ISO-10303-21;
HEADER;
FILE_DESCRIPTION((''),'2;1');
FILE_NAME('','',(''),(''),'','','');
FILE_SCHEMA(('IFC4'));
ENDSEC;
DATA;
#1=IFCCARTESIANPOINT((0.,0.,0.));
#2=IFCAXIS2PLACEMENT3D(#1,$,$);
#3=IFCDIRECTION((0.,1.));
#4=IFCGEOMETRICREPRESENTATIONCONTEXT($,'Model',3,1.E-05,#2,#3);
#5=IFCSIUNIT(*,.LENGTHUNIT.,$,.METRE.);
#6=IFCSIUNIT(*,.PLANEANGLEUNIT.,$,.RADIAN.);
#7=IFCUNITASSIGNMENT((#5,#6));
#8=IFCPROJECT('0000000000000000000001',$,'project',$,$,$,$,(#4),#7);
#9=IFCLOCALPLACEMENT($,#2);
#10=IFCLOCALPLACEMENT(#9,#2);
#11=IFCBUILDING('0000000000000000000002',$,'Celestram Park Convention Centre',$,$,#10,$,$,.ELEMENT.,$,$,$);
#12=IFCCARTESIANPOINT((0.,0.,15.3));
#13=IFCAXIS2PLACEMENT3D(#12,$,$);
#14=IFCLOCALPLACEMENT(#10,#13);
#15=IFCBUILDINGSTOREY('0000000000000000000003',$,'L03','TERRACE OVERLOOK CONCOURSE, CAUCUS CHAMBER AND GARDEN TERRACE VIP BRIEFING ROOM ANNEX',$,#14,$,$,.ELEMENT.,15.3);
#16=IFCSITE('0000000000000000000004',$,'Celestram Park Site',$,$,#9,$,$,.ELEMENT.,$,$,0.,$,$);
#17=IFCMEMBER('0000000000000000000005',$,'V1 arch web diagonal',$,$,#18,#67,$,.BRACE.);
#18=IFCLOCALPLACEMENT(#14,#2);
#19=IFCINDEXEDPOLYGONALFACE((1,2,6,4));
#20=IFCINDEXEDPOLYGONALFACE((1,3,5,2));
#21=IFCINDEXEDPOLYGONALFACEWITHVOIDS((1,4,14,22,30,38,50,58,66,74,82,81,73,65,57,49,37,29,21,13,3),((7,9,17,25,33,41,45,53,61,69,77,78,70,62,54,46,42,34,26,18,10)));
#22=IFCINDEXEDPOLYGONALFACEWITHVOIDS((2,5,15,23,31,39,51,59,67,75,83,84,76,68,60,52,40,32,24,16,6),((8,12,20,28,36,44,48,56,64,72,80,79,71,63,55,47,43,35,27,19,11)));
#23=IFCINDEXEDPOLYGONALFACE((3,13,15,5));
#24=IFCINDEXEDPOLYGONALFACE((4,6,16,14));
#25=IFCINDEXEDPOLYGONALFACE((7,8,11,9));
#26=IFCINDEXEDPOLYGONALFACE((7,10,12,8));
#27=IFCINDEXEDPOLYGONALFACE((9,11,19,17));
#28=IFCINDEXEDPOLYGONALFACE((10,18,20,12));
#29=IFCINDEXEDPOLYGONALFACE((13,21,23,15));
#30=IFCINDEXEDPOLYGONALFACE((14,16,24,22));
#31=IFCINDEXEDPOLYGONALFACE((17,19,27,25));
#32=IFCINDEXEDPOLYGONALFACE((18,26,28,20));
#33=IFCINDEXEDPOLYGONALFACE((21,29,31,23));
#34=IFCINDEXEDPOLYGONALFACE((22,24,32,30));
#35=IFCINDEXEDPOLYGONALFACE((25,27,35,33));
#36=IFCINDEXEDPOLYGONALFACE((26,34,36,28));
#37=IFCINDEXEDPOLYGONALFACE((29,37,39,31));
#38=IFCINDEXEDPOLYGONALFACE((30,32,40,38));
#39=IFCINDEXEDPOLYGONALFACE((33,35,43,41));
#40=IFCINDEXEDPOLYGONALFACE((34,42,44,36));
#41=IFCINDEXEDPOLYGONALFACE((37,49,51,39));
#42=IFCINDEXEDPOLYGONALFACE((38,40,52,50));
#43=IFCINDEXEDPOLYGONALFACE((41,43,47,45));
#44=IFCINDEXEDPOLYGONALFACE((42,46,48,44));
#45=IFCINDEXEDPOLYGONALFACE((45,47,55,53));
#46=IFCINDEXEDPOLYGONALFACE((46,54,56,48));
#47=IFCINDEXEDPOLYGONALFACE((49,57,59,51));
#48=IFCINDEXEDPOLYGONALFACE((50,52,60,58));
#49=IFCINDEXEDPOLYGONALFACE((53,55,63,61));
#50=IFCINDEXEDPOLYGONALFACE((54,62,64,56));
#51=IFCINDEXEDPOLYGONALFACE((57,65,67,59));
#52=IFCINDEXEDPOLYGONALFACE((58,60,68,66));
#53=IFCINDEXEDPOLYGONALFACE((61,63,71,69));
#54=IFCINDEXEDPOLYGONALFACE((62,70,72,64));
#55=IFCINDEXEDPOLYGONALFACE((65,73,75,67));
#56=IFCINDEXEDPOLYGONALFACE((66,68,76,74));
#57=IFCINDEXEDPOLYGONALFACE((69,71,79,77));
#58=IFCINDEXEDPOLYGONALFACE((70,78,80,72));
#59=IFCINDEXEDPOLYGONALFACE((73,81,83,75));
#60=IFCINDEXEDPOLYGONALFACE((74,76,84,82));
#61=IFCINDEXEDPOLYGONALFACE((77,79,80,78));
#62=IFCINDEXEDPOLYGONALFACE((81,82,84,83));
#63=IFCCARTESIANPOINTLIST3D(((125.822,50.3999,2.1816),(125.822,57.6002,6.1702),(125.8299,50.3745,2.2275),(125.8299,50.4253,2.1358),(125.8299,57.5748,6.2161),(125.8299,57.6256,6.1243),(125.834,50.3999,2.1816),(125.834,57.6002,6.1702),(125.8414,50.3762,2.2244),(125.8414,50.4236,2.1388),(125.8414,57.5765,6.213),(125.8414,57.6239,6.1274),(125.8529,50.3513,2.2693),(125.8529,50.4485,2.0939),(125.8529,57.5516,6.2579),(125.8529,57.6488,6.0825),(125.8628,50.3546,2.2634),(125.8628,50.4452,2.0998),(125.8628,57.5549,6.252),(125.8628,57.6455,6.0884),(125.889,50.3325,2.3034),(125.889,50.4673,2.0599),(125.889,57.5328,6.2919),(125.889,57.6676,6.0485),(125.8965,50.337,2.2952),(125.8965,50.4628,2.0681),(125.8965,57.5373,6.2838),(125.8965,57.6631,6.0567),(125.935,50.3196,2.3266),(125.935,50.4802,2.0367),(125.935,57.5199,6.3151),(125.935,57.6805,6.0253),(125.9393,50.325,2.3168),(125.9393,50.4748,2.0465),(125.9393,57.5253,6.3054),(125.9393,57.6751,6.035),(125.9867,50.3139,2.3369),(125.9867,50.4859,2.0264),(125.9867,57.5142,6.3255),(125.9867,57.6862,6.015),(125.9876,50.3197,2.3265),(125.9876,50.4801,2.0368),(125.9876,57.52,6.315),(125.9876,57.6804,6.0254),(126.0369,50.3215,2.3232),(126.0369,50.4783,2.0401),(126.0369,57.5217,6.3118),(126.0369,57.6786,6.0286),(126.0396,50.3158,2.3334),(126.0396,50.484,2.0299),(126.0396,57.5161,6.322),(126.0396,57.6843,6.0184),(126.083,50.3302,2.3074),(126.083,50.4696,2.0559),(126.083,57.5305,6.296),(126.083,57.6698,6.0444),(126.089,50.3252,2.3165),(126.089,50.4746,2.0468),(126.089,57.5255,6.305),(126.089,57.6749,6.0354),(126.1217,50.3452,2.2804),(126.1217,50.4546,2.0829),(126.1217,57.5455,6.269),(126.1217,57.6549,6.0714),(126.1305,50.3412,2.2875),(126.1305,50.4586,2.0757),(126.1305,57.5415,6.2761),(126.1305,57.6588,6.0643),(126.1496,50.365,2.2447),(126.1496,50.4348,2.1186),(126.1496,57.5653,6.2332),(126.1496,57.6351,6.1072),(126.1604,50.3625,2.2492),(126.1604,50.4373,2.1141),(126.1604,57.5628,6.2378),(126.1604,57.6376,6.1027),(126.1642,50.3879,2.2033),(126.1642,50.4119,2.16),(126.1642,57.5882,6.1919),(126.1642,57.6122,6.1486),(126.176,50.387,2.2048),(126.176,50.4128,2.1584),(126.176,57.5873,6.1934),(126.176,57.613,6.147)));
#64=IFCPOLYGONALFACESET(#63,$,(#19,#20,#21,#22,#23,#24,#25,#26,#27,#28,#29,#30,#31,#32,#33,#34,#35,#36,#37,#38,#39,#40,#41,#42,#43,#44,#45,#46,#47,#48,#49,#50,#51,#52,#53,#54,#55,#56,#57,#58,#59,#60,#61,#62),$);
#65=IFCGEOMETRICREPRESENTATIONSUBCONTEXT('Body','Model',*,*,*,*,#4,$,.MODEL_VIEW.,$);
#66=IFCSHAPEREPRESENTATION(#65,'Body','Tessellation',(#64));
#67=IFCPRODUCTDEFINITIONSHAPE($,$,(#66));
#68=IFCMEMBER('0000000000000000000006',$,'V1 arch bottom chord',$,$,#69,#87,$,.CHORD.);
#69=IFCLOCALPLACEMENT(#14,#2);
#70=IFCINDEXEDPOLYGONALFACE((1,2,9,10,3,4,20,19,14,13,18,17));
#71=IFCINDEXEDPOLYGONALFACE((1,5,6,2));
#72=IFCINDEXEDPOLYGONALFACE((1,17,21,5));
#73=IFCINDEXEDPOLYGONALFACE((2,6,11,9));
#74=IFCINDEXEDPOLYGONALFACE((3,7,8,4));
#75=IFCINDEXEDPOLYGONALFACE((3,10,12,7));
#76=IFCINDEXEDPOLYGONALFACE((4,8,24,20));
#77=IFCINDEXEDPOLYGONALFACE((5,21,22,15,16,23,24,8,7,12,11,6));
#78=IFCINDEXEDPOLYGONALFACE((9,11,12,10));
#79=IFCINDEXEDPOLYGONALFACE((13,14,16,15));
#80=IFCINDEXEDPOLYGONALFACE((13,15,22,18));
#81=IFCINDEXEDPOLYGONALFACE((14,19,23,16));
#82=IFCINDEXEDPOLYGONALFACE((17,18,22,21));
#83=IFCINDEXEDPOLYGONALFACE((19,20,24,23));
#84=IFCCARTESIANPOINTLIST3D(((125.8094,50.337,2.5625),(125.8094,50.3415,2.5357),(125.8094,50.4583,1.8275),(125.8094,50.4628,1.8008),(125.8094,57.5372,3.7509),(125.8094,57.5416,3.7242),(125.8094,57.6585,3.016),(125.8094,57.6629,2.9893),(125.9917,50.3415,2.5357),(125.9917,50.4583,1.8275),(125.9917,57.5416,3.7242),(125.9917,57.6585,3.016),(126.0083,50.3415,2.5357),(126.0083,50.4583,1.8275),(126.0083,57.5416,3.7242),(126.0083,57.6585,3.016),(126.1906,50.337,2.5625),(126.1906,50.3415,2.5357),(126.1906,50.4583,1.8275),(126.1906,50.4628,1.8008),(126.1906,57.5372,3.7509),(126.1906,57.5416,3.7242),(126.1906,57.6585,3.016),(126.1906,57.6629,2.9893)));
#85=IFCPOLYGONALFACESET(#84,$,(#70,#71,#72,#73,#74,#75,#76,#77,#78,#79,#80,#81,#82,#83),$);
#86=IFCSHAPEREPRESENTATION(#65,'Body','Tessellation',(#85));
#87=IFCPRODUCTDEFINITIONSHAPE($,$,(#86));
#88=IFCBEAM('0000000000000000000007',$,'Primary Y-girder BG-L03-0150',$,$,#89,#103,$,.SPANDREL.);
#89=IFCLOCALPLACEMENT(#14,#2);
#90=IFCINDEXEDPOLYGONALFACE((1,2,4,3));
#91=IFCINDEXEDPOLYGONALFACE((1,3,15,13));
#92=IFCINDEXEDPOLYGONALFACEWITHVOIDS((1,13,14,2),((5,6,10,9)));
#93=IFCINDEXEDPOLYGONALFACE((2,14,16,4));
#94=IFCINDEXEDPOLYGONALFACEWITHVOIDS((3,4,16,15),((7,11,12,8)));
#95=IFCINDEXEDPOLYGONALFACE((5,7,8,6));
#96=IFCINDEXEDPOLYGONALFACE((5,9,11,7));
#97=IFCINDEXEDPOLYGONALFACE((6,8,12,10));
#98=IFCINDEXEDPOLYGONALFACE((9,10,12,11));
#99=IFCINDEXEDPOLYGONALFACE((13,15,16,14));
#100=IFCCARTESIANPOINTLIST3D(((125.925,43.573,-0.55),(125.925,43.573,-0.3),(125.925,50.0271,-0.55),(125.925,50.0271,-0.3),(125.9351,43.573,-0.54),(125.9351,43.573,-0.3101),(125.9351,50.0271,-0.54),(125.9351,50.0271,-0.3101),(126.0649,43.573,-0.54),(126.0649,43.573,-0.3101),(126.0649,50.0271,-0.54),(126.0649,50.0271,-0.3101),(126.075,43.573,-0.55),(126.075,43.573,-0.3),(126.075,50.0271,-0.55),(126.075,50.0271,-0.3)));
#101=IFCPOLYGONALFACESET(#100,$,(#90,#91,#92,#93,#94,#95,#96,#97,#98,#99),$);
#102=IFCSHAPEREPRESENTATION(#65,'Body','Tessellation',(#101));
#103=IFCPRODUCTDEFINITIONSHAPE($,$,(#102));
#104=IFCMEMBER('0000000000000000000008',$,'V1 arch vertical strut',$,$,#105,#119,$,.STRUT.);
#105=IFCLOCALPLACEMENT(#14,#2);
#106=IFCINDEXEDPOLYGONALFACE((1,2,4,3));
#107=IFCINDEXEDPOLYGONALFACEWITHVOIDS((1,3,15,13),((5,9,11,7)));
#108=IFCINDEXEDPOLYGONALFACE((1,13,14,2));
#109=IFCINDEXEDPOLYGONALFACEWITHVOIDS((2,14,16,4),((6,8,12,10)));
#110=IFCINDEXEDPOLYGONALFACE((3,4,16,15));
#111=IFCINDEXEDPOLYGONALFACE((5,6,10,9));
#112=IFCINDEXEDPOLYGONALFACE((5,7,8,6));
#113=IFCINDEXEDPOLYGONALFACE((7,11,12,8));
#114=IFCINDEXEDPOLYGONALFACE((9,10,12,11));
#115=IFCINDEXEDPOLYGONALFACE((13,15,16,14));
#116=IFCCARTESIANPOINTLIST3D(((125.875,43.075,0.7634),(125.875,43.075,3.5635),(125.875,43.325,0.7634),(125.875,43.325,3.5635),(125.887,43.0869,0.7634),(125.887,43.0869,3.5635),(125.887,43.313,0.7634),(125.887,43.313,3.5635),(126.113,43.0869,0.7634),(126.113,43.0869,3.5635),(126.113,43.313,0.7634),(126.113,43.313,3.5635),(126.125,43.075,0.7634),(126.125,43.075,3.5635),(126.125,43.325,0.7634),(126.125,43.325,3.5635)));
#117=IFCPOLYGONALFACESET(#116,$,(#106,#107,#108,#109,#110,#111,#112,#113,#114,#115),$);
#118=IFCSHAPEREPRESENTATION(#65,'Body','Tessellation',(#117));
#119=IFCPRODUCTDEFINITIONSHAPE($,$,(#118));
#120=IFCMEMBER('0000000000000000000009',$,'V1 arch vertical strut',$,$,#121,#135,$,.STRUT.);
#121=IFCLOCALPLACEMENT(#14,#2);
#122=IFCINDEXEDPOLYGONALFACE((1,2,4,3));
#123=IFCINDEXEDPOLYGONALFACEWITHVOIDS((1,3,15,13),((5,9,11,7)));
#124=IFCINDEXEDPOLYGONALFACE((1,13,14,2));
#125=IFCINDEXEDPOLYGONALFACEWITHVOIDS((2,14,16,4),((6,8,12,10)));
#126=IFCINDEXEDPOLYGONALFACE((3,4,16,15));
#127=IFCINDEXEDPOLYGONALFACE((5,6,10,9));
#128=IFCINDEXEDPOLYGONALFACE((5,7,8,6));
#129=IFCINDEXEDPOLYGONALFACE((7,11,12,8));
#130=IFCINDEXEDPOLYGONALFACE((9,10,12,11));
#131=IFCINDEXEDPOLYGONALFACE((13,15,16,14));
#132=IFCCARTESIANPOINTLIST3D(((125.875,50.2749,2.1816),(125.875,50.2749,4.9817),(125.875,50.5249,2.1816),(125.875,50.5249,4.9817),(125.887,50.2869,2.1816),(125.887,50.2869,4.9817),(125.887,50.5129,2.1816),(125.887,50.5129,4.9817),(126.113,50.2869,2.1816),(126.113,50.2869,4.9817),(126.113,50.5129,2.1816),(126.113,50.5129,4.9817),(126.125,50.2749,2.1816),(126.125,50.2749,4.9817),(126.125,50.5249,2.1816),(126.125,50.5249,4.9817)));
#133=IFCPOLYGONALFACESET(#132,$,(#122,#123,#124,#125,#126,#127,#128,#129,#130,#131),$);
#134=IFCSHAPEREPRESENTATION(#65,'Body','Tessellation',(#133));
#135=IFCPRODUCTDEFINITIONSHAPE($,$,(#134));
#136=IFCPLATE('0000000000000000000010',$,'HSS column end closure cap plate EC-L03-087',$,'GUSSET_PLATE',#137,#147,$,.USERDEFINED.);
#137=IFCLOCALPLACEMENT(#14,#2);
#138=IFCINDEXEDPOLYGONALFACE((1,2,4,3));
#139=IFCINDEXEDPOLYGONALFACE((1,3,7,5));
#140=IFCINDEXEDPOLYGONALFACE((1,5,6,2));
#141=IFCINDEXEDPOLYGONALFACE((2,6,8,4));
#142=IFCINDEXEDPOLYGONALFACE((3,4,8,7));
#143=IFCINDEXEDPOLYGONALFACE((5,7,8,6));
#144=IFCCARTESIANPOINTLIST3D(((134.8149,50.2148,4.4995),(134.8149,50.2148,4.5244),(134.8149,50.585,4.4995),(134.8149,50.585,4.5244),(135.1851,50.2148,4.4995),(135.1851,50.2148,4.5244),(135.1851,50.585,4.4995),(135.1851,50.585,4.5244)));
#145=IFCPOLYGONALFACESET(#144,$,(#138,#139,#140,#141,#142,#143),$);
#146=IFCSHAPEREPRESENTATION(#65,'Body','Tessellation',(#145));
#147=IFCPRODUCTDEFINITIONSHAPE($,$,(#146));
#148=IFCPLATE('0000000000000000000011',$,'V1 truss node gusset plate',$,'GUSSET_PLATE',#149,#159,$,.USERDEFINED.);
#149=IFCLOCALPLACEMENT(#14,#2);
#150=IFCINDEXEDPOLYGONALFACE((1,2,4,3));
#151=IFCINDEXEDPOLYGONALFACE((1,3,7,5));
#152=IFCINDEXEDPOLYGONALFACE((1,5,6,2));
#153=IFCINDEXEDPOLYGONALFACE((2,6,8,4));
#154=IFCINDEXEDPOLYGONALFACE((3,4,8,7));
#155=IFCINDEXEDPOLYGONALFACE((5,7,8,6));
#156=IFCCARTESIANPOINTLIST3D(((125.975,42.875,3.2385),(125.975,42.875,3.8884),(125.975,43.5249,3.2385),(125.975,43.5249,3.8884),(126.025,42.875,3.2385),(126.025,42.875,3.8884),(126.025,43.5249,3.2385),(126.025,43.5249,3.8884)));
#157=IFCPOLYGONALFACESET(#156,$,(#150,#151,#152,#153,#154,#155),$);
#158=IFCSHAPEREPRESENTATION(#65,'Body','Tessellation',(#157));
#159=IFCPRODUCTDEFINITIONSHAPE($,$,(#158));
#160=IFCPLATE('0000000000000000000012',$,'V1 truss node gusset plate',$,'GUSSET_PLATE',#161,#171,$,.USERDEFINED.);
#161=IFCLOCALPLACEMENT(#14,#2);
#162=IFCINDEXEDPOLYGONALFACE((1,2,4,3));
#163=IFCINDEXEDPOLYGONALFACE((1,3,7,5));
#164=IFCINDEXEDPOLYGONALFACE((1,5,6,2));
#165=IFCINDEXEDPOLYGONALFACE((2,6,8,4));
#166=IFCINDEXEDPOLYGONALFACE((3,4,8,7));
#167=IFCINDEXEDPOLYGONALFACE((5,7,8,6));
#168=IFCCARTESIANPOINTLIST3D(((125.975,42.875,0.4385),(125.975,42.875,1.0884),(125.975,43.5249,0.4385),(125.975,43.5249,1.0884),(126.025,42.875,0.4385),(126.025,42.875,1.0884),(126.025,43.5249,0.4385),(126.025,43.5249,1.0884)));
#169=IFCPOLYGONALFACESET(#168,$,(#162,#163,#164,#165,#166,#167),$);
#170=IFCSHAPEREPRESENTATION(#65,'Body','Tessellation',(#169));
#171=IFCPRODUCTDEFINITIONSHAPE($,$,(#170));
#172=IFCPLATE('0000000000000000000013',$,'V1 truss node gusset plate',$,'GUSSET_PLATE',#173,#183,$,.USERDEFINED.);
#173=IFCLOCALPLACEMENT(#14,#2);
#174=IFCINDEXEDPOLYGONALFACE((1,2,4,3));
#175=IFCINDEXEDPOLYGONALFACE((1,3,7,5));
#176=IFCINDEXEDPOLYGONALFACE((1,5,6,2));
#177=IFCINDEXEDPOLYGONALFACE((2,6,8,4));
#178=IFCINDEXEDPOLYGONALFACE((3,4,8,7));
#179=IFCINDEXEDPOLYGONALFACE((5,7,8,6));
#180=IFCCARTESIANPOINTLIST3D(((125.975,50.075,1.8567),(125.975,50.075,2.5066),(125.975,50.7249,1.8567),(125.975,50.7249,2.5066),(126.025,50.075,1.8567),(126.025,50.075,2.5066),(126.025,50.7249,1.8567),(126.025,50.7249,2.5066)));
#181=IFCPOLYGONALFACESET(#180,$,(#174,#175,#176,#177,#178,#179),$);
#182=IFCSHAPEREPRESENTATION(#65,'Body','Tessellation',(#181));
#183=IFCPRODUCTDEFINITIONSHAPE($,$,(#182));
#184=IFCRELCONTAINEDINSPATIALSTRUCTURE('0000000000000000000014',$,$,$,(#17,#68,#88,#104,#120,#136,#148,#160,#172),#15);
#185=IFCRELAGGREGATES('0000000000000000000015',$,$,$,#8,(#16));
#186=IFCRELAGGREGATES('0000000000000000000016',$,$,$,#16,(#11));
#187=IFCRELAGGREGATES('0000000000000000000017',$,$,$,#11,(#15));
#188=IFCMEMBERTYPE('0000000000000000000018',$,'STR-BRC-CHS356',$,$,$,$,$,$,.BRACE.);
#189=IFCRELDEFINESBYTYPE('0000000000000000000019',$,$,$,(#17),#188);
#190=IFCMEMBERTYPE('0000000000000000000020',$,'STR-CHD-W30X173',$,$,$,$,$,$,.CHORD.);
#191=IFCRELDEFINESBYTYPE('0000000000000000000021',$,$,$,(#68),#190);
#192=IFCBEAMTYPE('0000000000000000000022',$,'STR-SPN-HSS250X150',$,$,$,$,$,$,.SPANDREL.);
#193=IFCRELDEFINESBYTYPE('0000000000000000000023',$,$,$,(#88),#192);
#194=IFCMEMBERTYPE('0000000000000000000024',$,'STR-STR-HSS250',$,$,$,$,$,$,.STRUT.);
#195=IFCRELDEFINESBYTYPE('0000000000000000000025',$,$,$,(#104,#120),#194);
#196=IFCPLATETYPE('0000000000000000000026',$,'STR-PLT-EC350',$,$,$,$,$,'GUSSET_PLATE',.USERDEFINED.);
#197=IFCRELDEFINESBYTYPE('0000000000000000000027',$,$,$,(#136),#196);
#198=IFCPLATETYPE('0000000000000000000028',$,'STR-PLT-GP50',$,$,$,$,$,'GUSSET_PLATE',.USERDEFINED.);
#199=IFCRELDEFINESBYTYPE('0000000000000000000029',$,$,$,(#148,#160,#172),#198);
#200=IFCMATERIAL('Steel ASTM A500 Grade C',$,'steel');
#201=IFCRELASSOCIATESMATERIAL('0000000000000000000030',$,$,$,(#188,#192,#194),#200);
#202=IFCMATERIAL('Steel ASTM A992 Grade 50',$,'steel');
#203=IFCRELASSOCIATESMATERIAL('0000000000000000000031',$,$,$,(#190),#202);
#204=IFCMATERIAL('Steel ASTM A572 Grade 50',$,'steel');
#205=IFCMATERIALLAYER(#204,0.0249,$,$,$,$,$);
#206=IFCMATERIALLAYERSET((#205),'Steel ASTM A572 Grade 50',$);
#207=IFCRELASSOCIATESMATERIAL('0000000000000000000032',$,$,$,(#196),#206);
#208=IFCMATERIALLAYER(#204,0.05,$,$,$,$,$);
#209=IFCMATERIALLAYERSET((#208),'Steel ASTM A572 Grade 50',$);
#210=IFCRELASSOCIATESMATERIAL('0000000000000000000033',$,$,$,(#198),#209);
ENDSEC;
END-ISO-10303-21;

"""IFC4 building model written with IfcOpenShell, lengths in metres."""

from ifc_helpers import new_model, si_unit, direction, frame, origin, origin_2d, place, context, subcontext, project, spatial, rectangle, hollow_rectangle, hollow_circle, i_section, extrude, material, layer, layer_set, material_profile, profile_set, type_object, element, save


model = new_model("IFC4")

# Units and contexts
model_context = context("Model", 3, precision=1e-05, world=origin(), true_north=direction((0.0, 1.0)))
body_context = subcontext(model_context, "Body", "Model", "MODEL_VIEW")
ifc_project = project(units=[si_unit("LENGTHUNIT", "METRE"), si_unit("PLANEANGLEUNIT", "RADIAN")], contexts=[model_context])

# Site, building, storey
site_placement = place(None, origin())
site = spatial("IfcSite", under=ifc_project, at=site_placement, Name="Celestram Park Site", CompositionType="ELEMENT", RefElevation=0.0)
building_placement = place(site_placement, origin())
building = spatial("IfcBuilding", under=site, at=building_placement, Name="Celestram Park Convention Centre", CompositionType="ELEMENT")
storey_placement = place(building_placement, frame((0.0, 0.0, 15.3)))
storey = spatial("IfcBuildingStorey", under=building, at=storey_placement, Name="L03", Description="TERRACE OVERLOOK CONCOURSE, CAUCUS CHAMBER AND GARDEN TERRACE VIP BRIEFING ROOM ANNEX", CompositionType="ELEMENT", Elevation=15.3)

# Shared definitions
ifc_material_1 = material(Name="Steel ASTM A500 Grade C", Category="steel")

# Shared definitions
ifc_material_2 = material(Name="Steel ASTM A992 Grade 50", Category="steel")

# Members
ifc_material_profile_1 = material_profile(ifc_material_1, hollow_circle(Radius=0.178, WallThickness=0.012, at=origin_2d()), Name="CHS356X12")
ifc_profile_set_1 = profile_set([ifc_material_profile_1], Name="Steel ASTM A500 Grade C")
member_type_1 = type_object("IfcMemberType", Name="STR-BRC-CHS356", PredefinedType="BRACE", material=ifc_profile_set_1)
member_1_placement = place(storey_placement, frame((126.0, 50.3999, 2.1816), z_axis=(0.0, 0.874754, 0.484567), x_axis=(-1.0, 0.0, 0.0)))
element("IfcMember", 1, at=member_1_placement, inside=storey, type_object=member_type_1, Name="V1 arch web diagonal", PredefinedType="BRACE", context=body_context, shape_type="SweptSolid", body=[
    extrude(hollow_circle(Radius=0.178, WallThickness=0.012, at=origin_2d()), origin(), (0.0, 0.0, 1.0), 8.2312),
])
ifc_material_profile_2 = material_profile(ifc_material_2, i_section(OverallWidth=0.3811, OverallDepth=0.772, WebThickness=0.0166, FlangeThickness=0.0271, at=origin_2d()), Name="W30X173")
ifc_profile_set_2 = profile_set([ifc_material_profile_2], Name="Steel ASTM A992 Grade 50")
member_type_2 = type_object("IfcMemberType", Name="STR-CHD-W30X173", PredefinedType="CHORD", material=ifc_profile_set_2)
member_2_placement = place(storey_placement, frame((126.0, 50.3999, 2.1816), z_axis=(0.0, 0.98665, 0.162858), x_axis=(-1.0, 0.0, 0.0)))
element("IfcMember", 2, at=member_2_placement, inside=storey, type_object=member_type_2, Name="V1 arch bottom chord", PredefinedType="CHORD", context=body_context, shape_type="SweptSolid", body=[
    extrude(i_section(OverallWidth=0.3811, OverallDepth=0.772, WebThickness=0.0166, FlangeThickness=0.0271, at=origin_2d()), origin(), (0.0, 0.0, 1.0), 7.2976),
])

# Beam
ifc_material_profile_3 = material_profile(ifc_material_1, hollow_rectangle(XDim=0.1499, YDim=0.25, WallThickness=0.01, at=origin_2d()), Name="HSS250X150X10")
ifc_profile_set_3 = profile_set([ifc_material_profile_3], Name="Steel ASTM A500 Grade C")
beam_type_1 = type_object("IfcBeamType", Name="STR-SPN-HSS250X150", PredefinedType="SPANDREL", material=ifc_profile_set_3)
beam_1_placement = place(storey_placement, frame((126.0, 43.573, -0.425), z_axis=(0.0, 1.0, 0.0), x_axis=(-1.0, 0.0, 0.0)))
element("IfcBeam", 3, at=beam_1_placement, inside=storey, type_object=beam_type_1, Name="Primary Y-girder BG-L03-0150", PredefinedType="SPANDREL", context=body_context, shape_type="SweptSolid", body=[
    extrude(hollow_rectangle(XDim=0.1499, YDim=0.25, WallThickness=0.01, at=origin_2d()), origin(), (0.0, 0.0, 1.0), 6.4541),
])

# Members
ifc_material_profile_4 = material_profile(ifc_material_1, hollow_rectangle(XDim=0.25, YDim=0.25, WallThickness=0.012, at=origin_2d()), Name="HSS250X250X12")
ifc_profile_set_4 = profile_set([ifc_material_profile_4], Name="Steel ASTM A500 Grade C")
member_type_3 = type_object("IfcMemberType", Name="STR-STR-HSS250", PredefinedType="STRUT", material=ifc_profile_set_4)
for number, where, z_axis, x_axis, name in (
    (4, (126.0, 43.2, 0.7634), (0.0, 0.0, 1.0), (1.0, 0.0, 0.0), "V1 arch vertical strut"),
    (5, (126.0, 50.3999, 2.1816), (0.0, 0.0, 1.0), (1.0, 0.0, 0.0), "V1 arch vertical strut"),
):
    element("IfcMember", number, at=place(storey_placement, frame(where, z_axis=z_axis, x_axis=x_axis)), inside=storey, type_object=member_type_3, Name=name, PredefinedType="STRUT", context=body_context, shape_type="SweptSolid", body=[
        extrude(hollow_rectangle(XDim=0.25, YDim=0.25, WallThickness=0.012, at=origin_2d()), origin(), (0.0, 0.0, 1.0), 2.8),
    ])

# Plates
ifc_material_3 = material(Name="Steel ASTM A572 Grade 50", Category="steel")
ifc_layer_1 = layer(ifc_material_3, 0.0249)
ifc_layer_set_1 = layer_set([ifc_layer_1], Name="Steel ASTM A572 Grade 50")
plate_type_1 = type_object("IfcPlateType", Name="STR-PLT-EC350", ElementType="GUSSET_PLATE", PredefinedType="USERDEFINED", material=ifc_layer_set_1)
plate_placement = place(storey_placement, frame((135.0, 50.3999, 4.4995), z_axis=(0.0, 0.0, 1.0), x_axis=(1.0, 0.0, 0.0)))
element("IfcPlate", 6, at=plate_placement, inside=storey, type_object=plate_type_1, Name="HSS column end closure cap plate EC-L03-087", ObjectType="GUSSET_PLATE", PredefinedType="USERDEFINED", context=body_context, shape_type="SweptSolid", body=[
    extrude(rectangle(XDim=0.3701, YDim=0.3701, at=origin_2d()), origin(), (0.0, 0.0, 1.0), 0.0249),
])
ifc_layer_2 = layer(ifc_material_3, 0.05)
ifc_layer_set_2 = layer_set([ifc_layer_2], Name="Steel ASTM A572 Grade 50")
plate_type_2 = type_object("IfcPlateType", Name="STR-PLT-GP50", ElementType="GUSSET_PLATE", PredefinedType="USERDEFINED", material=ifc_layer_set_2)
for number, where, z_axis, x_axis, name in (
    (7, (126.0, 43.2, 3.2385), (0.0, 0.0, 1.0), (0.0, 1.0, 0.0), "V1 truss node gusset plate"),
    (8, (126.0, 43.2, 0.4385), (0.0, 0.0, 1.0), (0.0, 1.0, 0.0), "V1 truss node gusset plate"),
    (9, (126.0, 50.3999, 1.8567), (0.0, 0.0, 1.0), (0.0, 1.0, 0.0), "V1 truss node gusset plate"),
):
    element("IfcPlate", number, at=place(storey_placement, frame(where, z_axis=z_axis, x_axis=x_axis)), inside=storey, type_object=plate_type_2, Name=name, ObjectType="GUSSET_PLATE", PredefinedType="USERDEFINED", context=body_context, shape_type="SweptSolid", body=[
        extrude(rectangle(XDim=0.6499, YDim=0.05, at=origin_2d()), origin(), (0.0, 0.0, 1.0), 0.6499),
    ])

save(model, "model.ifc")
